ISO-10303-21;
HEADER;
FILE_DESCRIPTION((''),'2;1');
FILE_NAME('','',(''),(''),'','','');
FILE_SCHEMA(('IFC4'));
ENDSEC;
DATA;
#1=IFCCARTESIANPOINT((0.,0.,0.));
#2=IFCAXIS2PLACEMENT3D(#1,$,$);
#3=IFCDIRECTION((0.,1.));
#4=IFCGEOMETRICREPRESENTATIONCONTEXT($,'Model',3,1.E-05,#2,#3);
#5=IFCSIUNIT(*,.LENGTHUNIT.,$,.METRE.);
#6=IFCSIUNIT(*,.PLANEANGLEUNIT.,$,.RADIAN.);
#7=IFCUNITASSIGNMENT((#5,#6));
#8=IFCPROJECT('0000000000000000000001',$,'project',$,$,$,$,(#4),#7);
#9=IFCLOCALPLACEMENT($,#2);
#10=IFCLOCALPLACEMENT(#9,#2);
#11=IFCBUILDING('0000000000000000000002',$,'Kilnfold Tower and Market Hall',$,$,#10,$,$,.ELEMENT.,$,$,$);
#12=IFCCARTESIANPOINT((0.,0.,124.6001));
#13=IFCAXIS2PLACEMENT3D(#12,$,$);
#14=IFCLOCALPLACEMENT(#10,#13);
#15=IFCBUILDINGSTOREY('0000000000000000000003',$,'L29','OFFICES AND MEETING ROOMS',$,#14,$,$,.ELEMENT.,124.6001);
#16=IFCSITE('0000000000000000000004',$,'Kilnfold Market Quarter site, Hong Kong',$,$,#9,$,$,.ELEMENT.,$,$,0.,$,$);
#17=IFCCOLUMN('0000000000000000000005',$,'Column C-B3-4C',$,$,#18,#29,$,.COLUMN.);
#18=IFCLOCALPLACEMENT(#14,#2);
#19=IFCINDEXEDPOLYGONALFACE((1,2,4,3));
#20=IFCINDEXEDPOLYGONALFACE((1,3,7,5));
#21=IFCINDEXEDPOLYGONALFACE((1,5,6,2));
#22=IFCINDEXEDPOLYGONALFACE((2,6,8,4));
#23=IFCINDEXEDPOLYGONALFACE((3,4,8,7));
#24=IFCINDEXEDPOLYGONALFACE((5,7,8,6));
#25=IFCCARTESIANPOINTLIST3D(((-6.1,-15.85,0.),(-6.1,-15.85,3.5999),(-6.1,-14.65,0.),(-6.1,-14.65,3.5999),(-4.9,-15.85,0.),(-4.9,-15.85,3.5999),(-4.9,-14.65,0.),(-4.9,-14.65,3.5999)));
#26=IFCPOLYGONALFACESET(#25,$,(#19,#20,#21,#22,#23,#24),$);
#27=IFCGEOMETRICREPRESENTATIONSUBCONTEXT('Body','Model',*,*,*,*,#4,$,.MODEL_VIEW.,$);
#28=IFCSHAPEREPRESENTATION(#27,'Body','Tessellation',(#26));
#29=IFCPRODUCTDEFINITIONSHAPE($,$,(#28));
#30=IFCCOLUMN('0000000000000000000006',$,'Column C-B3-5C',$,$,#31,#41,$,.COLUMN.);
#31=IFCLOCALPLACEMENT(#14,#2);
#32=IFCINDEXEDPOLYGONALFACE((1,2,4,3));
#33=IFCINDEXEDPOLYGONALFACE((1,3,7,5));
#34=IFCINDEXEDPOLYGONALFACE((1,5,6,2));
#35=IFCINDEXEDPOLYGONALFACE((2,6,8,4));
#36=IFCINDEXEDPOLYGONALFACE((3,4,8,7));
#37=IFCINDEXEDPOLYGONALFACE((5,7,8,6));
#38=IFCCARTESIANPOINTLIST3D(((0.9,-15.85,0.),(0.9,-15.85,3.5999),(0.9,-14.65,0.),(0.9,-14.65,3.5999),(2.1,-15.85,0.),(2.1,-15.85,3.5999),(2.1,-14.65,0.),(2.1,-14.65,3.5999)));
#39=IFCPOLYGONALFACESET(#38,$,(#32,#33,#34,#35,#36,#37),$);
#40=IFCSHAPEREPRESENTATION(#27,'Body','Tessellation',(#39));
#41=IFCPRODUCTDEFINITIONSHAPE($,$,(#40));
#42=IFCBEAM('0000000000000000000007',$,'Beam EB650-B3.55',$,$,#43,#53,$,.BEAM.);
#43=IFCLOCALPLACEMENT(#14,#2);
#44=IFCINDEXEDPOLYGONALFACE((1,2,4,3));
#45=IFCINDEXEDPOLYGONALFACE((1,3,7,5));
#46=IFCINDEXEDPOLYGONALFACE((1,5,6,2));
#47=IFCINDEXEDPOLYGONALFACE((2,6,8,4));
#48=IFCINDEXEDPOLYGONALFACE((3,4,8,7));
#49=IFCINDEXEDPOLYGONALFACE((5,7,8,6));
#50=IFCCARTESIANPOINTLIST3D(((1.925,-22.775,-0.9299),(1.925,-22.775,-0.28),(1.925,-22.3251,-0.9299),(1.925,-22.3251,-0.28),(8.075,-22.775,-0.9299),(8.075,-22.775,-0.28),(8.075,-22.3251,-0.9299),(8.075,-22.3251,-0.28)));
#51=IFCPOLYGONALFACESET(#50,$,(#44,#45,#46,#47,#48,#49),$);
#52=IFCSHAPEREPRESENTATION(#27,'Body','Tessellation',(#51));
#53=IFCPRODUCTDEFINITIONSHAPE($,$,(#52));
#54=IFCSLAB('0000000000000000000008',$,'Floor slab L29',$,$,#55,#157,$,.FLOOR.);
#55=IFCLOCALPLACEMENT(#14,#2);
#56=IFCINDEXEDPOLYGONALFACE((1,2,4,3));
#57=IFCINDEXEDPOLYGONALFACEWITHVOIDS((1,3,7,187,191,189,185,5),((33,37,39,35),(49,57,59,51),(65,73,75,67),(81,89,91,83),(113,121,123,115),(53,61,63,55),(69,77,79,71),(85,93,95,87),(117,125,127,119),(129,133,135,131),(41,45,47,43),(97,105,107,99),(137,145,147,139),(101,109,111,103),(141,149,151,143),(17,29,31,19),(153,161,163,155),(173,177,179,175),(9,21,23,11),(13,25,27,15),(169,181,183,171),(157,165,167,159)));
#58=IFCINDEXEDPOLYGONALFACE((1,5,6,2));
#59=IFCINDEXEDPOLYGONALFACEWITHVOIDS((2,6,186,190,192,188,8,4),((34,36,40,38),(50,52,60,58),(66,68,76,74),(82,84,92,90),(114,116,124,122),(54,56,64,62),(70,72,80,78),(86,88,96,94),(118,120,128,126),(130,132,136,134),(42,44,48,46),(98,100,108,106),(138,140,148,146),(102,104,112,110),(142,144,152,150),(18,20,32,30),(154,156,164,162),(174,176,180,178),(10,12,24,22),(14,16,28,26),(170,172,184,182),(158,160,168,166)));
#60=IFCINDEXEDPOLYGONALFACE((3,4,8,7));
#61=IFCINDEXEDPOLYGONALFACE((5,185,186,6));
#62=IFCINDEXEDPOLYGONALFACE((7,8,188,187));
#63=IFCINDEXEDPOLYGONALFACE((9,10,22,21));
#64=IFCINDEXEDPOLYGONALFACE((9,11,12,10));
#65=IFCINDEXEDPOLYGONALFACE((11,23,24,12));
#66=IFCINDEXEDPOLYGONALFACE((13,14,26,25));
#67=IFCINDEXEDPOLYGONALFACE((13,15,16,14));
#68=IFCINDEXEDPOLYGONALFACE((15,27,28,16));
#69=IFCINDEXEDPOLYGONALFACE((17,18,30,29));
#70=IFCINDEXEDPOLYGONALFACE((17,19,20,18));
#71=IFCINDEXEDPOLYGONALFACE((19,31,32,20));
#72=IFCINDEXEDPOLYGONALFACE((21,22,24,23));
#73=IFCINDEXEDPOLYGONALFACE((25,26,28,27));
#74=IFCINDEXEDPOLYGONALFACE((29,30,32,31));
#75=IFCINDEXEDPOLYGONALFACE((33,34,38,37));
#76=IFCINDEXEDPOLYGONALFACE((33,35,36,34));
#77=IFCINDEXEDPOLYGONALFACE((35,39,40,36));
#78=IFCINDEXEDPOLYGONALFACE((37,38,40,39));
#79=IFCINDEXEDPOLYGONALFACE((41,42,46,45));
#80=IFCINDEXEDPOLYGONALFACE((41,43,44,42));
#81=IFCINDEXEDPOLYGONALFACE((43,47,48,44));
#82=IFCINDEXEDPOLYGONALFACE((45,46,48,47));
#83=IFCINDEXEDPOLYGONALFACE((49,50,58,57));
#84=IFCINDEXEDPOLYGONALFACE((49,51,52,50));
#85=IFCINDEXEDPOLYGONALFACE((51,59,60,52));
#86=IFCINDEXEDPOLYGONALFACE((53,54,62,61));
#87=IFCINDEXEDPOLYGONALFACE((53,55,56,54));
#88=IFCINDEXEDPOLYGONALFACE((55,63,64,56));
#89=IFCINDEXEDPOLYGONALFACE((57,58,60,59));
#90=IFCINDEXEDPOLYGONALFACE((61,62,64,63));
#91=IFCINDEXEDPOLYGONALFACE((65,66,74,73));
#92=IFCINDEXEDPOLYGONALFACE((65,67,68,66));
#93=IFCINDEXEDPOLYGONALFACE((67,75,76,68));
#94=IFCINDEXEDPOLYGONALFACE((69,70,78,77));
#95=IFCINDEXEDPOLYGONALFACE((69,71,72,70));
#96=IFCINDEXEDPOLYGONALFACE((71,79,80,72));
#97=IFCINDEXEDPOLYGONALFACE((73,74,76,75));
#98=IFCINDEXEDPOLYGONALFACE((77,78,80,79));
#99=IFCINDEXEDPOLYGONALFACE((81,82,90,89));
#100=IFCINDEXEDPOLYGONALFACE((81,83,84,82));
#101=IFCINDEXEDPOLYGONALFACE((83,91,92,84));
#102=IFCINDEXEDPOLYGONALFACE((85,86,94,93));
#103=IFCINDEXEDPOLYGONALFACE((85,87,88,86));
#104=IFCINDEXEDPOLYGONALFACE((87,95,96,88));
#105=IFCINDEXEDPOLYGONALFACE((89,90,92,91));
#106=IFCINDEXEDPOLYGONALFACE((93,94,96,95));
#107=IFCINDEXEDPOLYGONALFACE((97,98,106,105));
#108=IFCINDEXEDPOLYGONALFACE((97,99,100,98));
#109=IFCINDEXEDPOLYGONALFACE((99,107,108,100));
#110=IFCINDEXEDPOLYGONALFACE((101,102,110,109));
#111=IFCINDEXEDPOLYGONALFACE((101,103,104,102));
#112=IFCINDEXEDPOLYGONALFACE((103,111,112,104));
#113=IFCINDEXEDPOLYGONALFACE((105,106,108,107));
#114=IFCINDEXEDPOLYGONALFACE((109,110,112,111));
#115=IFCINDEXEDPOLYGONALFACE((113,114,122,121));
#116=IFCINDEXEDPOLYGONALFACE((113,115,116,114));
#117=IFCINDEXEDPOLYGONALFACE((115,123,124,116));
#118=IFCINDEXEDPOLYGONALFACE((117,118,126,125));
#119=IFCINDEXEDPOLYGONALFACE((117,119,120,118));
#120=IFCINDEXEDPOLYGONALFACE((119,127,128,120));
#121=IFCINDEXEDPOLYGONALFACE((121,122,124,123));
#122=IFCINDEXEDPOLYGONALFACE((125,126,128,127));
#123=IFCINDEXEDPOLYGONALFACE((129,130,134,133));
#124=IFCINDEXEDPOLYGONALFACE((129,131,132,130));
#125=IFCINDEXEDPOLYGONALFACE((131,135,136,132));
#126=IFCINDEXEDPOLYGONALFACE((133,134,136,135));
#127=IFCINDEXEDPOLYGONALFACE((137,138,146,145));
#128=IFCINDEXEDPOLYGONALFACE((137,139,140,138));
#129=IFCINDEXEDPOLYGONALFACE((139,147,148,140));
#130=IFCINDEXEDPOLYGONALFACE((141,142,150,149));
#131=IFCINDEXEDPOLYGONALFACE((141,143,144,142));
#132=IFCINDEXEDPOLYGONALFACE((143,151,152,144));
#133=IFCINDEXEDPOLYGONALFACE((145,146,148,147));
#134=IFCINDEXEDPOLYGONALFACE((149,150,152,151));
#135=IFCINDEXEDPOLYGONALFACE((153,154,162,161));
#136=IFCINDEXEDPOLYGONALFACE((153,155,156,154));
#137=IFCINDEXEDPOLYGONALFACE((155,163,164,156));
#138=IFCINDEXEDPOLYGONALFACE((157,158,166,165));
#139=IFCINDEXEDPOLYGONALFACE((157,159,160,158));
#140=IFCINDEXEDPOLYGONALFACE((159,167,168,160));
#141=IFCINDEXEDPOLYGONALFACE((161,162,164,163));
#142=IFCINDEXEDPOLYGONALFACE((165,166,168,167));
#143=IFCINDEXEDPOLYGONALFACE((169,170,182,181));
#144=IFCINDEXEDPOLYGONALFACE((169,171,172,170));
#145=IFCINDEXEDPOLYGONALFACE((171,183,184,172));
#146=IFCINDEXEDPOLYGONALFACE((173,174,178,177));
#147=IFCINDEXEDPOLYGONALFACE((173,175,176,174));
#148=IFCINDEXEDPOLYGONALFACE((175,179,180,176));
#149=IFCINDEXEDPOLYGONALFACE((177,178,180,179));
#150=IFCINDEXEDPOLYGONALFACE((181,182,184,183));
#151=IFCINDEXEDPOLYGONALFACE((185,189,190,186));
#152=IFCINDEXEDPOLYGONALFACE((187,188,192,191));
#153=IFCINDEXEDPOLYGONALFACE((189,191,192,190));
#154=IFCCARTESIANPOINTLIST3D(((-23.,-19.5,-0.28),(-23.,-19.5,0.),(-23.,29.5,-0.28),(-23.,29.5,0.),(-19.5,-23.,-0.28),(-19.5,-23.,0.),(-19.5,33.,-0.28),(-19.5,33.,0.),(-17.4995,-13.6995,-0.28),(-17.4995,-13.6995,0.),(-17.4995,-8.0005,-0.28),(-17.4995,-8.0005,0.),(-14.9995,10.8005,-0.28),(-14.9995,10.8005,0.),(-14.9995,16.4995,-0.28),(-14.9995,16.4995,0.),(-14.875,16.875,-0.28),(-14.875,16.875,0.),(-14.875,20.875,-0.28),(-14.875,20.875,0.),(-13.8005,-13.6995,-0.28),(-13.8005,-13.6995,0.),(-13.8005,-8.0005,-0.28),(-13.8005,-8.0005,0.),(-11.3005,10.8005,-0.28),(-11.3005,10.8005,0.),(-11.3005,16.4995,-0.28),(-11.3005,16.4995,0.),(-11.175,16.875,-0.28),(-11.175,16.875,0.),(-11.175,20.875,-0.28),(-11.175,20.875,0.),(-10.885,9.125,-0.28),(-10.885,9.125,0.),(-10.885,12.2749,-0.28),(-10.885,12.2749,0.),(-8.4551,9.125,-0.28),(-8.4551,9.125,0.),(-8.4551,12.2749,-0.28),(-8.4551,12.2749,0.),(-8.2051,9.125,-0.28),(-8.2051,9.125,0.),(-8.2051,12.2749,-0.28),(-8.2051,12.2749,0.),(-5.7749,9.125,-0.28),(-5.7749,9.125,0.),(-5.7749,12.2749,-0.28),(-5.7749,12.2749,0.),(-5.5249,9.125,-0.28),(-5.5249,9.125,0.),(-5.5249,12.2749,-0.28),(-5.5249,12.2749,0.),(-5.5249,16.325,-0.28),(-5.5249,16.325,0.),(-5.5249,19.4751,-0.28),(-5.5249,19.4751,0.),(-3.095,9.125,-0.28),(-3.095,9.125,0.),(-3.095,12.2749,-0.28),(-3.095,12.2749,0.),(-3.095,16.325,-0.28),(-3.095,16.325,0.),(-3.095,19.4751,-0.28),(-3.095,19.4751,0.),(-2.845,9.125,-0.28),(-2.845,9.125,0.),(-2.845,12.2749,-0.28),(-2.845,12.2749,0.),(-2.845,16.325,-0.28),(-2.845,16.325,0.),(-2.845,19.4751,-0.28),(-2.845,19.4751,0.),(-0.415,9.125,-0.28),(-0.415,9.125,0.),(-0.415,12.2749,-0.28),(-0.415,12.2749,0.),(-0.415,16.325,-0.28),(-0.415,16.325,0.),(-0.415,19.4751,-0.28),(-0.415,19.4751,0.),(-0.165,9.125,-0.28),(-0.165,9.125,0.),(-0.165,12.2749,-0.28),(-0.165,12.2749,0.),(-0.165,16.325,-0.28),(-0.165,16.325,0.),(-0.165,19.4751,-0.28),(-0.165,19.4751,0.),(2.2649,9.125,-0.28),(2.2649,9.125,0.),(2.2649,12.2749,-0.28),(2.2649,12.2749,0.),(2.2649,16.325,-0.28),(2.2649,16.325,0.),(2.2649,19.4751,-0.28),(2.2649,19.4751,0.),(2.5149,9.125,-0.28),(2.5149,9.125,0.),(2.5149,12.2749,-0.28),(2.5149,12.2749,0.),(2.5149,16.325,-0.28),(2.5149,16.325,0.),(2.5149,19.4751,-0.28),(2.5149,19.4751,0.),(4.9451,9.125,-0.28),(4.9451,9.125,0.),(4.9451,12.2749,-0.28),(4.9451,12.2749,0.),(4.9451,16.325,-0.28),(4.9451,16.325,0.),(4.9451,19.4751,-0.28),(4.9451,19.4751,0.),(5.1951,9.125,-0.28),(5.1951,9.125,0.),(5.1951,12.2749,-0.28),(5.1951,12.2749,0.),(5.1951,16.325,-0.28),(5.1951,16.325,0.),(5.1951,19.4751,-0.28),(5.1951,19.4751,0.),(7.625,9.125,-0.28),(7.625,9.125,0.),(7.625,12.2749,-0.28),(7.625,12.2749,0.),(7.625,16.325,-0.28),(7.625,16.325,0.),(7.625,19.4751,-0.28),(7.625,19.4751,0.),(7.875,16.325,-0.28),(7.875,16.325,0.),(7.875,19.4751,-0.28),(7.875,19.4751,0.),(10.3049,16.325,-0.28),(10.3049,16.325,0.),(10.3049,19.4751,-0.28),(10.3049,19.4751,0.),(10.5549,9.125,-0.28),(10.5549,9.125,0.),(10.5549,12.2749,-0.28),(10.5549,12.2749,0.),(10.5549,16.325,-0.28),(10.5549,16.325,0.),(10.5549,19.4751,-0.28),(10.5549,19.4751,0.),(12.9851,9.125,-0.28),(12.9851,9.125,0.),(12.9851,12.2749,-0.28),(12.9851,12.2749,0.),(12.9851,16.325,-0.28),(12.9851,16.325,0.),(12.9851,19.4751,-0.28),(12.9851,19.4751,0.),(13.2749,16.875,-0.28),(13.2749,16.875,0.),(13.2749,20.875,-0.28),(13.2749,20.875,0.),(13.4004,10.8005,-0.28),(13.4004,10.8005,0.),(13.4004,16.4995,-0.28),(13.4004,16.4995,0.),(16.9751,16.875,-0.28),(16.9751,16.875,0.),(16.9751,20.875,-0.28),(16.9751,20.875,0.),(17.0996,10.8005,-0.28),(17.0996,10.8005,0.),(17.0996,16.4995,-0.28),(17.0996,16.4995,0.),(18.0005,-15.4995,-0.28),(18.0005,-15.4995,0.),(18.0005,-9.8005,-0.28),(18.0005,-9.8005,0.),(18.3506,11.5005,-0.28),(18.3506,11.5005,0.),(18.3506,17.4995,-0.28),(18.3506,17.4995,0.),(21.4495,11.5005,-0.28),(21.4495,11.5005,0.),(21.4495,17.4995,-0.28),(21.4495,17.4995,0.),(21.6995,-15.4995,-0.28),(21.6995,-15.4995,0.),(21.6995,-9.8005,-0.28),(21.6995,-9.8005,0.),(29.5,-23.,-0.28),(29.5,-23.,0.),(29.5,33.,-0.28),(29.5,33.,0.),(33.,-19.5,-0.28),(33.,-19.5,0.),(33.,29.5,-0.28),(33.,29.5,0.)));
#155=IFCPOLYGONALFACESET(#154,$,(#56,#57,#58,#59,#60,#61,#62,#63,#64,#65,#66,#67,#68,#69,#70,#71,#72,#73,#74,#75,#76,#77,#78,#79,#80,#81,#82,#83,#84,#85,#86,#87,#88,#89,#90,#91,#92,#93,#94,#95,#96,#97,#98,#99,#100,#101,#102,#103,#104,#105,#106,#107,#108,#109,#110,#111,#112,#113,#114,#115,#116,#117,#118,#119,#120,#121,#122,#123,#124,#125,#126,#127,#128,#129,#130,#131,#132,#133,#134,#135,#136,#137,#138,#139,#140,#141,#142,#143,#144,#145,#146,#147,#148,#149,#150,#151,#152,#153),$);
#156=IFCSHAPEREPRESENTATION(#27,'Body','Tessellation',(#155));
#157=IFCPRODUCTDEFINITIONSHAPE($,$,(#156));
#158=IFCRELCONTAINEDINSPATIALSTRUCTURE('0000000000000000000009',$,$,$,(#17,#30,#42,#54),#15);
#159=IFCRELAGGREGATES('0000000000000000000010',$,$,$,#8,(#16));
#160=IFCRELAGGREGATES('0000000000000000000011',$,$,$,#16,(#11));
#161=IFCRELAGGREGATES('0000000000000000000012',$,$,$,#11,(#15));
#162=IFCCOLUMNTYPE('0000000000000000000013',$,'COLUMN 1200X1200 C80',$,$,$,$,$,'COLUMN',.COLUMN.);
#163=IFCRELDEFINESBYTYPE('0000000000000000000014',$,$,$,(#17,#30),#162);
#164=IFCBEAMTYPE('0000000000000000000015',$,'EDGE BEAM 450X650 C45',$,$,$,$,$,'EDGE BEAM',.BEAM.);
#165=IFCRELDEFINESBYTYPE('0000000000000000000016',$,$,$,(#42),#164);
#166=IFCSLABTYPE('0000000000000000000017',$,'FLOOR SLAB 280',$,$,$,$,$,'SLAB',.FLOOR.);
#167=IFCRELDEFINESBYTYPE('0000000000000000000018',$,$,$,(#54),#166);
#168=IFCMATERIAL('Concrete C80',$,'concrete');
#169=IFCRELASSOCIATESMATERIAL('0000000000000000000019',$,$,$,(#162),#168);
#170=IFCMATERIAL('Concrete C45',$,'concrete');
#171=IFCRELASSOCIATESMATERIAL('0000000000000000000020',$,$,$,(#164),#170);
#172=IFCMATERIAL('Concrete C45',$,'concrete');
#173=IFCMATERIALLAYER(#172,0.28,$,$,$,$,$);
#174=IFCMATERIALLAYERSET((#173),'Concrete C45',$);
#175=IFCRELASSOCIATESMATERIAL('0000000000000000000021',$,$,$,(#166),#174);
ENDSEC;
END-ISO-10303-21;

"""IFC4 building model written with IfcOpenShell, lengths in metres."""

from ifc_helpers import new_model, si_unit, direction, frame, origin, origin_2d, place, context, subcontext, project, spatial, polyline, rectangle, outline, extrude, source, transform, mapped, material, layer, layer_set, material_profile, profile_set, type_object, element, save


model = new_model("IFC4")

# Units and contexts
model_context = context("Model", 3, precision=1e-05, world=origin(), true_north=direction((0.0, 1.0)))
body_context = subcontext(model_context, "Body", "Model", "MODEL_VIEW")
ifc_project = project(units=[si_unit("LENGTHUNIT", "METRE"), si_unit("PLANEANGLEUNIT", "RADIAN")], contexts=[model_context])

# Site, building, storey
site_placement = place(None, origin())
site = spatial("IfcSite", under=ifc_project, at=site_placement, Name="Kilnfold Market Quarter site, Hong Kong", CompositionType="ELEMENT", RefElevation=0.0)
building_placement = place(site_placement, origin())
building = spatial("IfcBuilding", under=site, at=building_placement, Name="Kilnfold Tower and Market Hall", CompositionType="ELEMENT")
storey_placement = place(building_placement, frame((0.0, 0.0, 124.6001)))
storey = spatial("IfcBuildingStorey", under=building, at=storey_placement, Name="L29", Description="OFFICES AND MEETING ROOMS", CompositionType="ELEMENT", Elevation=124.6001)

# Columns
ifc_material_1 = material(Name="Concrete C80", Category="concrete")
ifc_material_profile_1 = material_profile(ifc_material_1, rectangle(XDim=1.2, YDim=1.2, at=origin_2d()), Name="RC 1200x1200")
ifc_profile_set_1 = profile_set([ifc_material_profile_1], Name="Concrete C80")
column_type = type_object("IfcColumnType", Name="COLUMN 1200X1200 C80", ElementType="COLUMN", PredefinedType="COLUMN", material=ifc_profile_set_1)
shared_shape_1 = source(origin(), body_context, "Body", "SweptSolid", [
    extrude(rectangle(XDim=1.2, YDim=1.2, at=origin_2d()), origin(), (0.0, 0.0, 1.0), 3.5999),
])
for number, where, z_axis, x_axis, name in (
    (1, (-5.5, -15.25, 0.0), (0.0, 0.0, 1.0), (1.0, 0.0, 0.0), "Column C-B3-4C"),
    (2, (1.5, -15.25, 0.0), (0.0, 0.0, 1.0), (1.0, 0.0, 0.0), "Column C-B3-5C"),
):
    element("IfcColumn", number, at=place(storey_placement, frame(where, z_axis=z_axis, x_axis=x_axis)), inside=storey, type_object=column_type, Name=name, PredefinedType="COLUMN", context=body_context, shape_type="MappedRepresentation", body=[
        mapped(shared_shape_1, transform((0.0, 0.0, 0.0))),
    ])

# Beam
ifc_material_2 = material(Name="Concrete C45", Category="concrete")
ifc_material_profile_2 = material_profile(ifc_material_2, rectangle(XDim=0.45, YDim=0.6499, at=origin_2d()), Name="RC 450x650")
ifc_profile_set_2 = profile_set([ifc_material_profile_2], Name="Concrete C45")
beam_type = type_object("IfcBeamType", Name="EDGE BEAM 450X650 C45", ElementType="EDGE BEAM", PredefinedType="BEAM", material=ifc_profile_set_2)
shared_shape_2 = source(origin(), body_context, "Body", "SweptSolid", [
    extrude(rectangle(XDim=0.45, YDim=0.6499, at=origin_2d()), origin(), (0.0, 0.0, 1.0), 6.1499),
])
beam_placement = place(storey_placement, frame((1.925, -22.55, -0.605), z_axis=(1.0, 0.0, 0.0), x_axis=(0.0, 1.0, 0.0)))
element("IfcBeam", 3, at=beam_placement, inside=storey, type_object=beam_type, Name="Beam EB650-B3.55", PredefinedType="BEAM", context=body_context, shape_type="MappedRepresentation", body=[
    mapped(shared_shape_2, transform((0.0, 0.0, 0.0))),
])

# Slab
ifc_material_3 = material(Name="Concrete C45", Category="concrete")
ifc_layer_1 = layer(ifc_material_3, 0.28)
ifc_layer_set_1 = layer_set([ifc_layer_1], Name="Concrete C45")
slab_type_1 = type_object("IfcSlabType", Name="FLOOR SLAB 280", ElementType="SLAB", PredefinedType="FLOOR", material=ifc_layer_set_1)
shared_shape_3 = source(origin(), body_context, "Body", "SweptSolid", [
    extrude(outline(polyline([(-19.5, -23.0), (29.5, -23.0), (33.0, -19.5), (33.0, 29.5), (29.5, 33.0), (-19.5, 33.0), (-23.0, 29.5), (-23.0, -19.5), (-19.5, -23.0)]), holes=[polyline([(-13.8005, -13.6995), (-17.4995, -13.6995), (-17.4995, -8.0005), (-13.8005, -8.0005), (-13.8005, -13.6995)]), polyline([(-14.9995, 10.8005), (-14.9995, 16.4995), (-11.3005, 16.4995), (-11.3005, 10.8005), (-14.9995, 10.8005)]), polyline([(-14.875, 16.875), (-14.875, 20.875), (-11.175, 20.875), (-11.175, 16.875), (-14.875, 16.875)]), polyline([(-8.4551, 9.125), (-10.885, 9.125), (-10.885, 12.2749), (-8.4551, 12.2749), (-8.4551, 9.125)]), polyline([(-5.7749, 9.125), (-8.2051, 9.125), (-8.2051, 12.2749), (-5.7749, 12.2749), (-5.7749, 9.125)]), polyline([(-5.5249, 9.125), (-5.5249, 12.2749), (-3.095, 12.2749), (-3.095, 9.125), (-5.5249, 9.125)]), polyline([(-5.5249, 16.325), (-5.5249, 19.4751), (-3.095, 19.4751), (-3.095, 16.325), (-5.5249, 16.325)]), polyline([(-2.845, 9.125), (-2.845, 12.2749), (-0.415, 12.2749), (-0.415, 9.125), (-2.845, 9.125)]), polyline([(-0.415, 16.325), (-2.845, 16.325), (-2.845, 19.4751), (-0.415, 19.4751), (-0.415, 16.325)]), polyline([(2.2649, 9.125), (-0.165, 9.125), (-0.165, 12.2749), (2.2649, 12.2749), (2.2649, 9.125)]), polyline([(-0.165, 16.325), (-0.165, 19.4751), (2.2649, 19.4751), (2.2649, 16.325), (-0.165, 16.325)]), polyline([(4.9451, 9.125), (2.5149, 9.125), (2.5149, 12.2749), (4.9451, 12.2749), (4.9451, 9.125)]), polyline([(2.5149, 16.325), (2.5149, 19.4751), (4.9451, 19.4751), (4.9451, 16.325), (2.5149, 16.325)]), polyline([(7.625, 9.125), (5.1951, 9.125), (5.1951, 12.2749), (7.625, 12.2749), (7.625, 9.125)]), polyline([(5.1951, 16.325), (5.1951, 19.4751), (7.625, 19.4751), (7.625, 16.325), (5.1951, 16.325)]), polyline([(10.3049, 16.325), (7.875, 16.325), (7.875, 19.4751), (10.3049, 19.4751), (10.3049, 16.325)]), polyline([(10.5549, 9.125), (10.5549, 12.2749), (12.9851, 12.2749), (12.9851, 9.125), (10.5549, 9.125)]), polyline([(10.5549, 16.325), (10.5549, 19.4751), (12.9851, 19.4751), (12.9851, 16.325), (10.5549, 16.325)]), polyline([(13.2749, 16.875), (13.2749, 20.875), (16.9751, 20.875), (16.9751, 16.875), (13.2749, 16.875)]), polyline([(13.4004, 10.8005), (13.4004, 16.4995), (17.0996, 16.4995), (17.0996, 10.8005), (13.4004, 10.8005)]), polyline([(18.0005, -9.8005), (21.6995, -9.8005), (21.6995, -15.4995), (18.0005, -15.4995), (18.0005, -9.8005)]), polyline([(21.4495, 11.5005), (18.3506, 11.5005), (18.3506, 17.4995), (21.4495, 17.4995), (21.4495, 11.5005)])]), origin(), (0.0, 0.0, 1.0), 0.28),
])
slab_1_placement = place(storey_placement, frame((0.0, 0.0, -0.28)))
element("IfcSlab", 4, at=slab_1_placement, inside=storey, type_object=slab_type_1, Name="Floor slab L29", PredefinedType="FLOOR", context=body_context, shape_type="MappedRepresentation", body=[
    mapped(shared_shape_3, transform((0.0, 0.0, 0.0))),
])

save(model, "model.ifc")
